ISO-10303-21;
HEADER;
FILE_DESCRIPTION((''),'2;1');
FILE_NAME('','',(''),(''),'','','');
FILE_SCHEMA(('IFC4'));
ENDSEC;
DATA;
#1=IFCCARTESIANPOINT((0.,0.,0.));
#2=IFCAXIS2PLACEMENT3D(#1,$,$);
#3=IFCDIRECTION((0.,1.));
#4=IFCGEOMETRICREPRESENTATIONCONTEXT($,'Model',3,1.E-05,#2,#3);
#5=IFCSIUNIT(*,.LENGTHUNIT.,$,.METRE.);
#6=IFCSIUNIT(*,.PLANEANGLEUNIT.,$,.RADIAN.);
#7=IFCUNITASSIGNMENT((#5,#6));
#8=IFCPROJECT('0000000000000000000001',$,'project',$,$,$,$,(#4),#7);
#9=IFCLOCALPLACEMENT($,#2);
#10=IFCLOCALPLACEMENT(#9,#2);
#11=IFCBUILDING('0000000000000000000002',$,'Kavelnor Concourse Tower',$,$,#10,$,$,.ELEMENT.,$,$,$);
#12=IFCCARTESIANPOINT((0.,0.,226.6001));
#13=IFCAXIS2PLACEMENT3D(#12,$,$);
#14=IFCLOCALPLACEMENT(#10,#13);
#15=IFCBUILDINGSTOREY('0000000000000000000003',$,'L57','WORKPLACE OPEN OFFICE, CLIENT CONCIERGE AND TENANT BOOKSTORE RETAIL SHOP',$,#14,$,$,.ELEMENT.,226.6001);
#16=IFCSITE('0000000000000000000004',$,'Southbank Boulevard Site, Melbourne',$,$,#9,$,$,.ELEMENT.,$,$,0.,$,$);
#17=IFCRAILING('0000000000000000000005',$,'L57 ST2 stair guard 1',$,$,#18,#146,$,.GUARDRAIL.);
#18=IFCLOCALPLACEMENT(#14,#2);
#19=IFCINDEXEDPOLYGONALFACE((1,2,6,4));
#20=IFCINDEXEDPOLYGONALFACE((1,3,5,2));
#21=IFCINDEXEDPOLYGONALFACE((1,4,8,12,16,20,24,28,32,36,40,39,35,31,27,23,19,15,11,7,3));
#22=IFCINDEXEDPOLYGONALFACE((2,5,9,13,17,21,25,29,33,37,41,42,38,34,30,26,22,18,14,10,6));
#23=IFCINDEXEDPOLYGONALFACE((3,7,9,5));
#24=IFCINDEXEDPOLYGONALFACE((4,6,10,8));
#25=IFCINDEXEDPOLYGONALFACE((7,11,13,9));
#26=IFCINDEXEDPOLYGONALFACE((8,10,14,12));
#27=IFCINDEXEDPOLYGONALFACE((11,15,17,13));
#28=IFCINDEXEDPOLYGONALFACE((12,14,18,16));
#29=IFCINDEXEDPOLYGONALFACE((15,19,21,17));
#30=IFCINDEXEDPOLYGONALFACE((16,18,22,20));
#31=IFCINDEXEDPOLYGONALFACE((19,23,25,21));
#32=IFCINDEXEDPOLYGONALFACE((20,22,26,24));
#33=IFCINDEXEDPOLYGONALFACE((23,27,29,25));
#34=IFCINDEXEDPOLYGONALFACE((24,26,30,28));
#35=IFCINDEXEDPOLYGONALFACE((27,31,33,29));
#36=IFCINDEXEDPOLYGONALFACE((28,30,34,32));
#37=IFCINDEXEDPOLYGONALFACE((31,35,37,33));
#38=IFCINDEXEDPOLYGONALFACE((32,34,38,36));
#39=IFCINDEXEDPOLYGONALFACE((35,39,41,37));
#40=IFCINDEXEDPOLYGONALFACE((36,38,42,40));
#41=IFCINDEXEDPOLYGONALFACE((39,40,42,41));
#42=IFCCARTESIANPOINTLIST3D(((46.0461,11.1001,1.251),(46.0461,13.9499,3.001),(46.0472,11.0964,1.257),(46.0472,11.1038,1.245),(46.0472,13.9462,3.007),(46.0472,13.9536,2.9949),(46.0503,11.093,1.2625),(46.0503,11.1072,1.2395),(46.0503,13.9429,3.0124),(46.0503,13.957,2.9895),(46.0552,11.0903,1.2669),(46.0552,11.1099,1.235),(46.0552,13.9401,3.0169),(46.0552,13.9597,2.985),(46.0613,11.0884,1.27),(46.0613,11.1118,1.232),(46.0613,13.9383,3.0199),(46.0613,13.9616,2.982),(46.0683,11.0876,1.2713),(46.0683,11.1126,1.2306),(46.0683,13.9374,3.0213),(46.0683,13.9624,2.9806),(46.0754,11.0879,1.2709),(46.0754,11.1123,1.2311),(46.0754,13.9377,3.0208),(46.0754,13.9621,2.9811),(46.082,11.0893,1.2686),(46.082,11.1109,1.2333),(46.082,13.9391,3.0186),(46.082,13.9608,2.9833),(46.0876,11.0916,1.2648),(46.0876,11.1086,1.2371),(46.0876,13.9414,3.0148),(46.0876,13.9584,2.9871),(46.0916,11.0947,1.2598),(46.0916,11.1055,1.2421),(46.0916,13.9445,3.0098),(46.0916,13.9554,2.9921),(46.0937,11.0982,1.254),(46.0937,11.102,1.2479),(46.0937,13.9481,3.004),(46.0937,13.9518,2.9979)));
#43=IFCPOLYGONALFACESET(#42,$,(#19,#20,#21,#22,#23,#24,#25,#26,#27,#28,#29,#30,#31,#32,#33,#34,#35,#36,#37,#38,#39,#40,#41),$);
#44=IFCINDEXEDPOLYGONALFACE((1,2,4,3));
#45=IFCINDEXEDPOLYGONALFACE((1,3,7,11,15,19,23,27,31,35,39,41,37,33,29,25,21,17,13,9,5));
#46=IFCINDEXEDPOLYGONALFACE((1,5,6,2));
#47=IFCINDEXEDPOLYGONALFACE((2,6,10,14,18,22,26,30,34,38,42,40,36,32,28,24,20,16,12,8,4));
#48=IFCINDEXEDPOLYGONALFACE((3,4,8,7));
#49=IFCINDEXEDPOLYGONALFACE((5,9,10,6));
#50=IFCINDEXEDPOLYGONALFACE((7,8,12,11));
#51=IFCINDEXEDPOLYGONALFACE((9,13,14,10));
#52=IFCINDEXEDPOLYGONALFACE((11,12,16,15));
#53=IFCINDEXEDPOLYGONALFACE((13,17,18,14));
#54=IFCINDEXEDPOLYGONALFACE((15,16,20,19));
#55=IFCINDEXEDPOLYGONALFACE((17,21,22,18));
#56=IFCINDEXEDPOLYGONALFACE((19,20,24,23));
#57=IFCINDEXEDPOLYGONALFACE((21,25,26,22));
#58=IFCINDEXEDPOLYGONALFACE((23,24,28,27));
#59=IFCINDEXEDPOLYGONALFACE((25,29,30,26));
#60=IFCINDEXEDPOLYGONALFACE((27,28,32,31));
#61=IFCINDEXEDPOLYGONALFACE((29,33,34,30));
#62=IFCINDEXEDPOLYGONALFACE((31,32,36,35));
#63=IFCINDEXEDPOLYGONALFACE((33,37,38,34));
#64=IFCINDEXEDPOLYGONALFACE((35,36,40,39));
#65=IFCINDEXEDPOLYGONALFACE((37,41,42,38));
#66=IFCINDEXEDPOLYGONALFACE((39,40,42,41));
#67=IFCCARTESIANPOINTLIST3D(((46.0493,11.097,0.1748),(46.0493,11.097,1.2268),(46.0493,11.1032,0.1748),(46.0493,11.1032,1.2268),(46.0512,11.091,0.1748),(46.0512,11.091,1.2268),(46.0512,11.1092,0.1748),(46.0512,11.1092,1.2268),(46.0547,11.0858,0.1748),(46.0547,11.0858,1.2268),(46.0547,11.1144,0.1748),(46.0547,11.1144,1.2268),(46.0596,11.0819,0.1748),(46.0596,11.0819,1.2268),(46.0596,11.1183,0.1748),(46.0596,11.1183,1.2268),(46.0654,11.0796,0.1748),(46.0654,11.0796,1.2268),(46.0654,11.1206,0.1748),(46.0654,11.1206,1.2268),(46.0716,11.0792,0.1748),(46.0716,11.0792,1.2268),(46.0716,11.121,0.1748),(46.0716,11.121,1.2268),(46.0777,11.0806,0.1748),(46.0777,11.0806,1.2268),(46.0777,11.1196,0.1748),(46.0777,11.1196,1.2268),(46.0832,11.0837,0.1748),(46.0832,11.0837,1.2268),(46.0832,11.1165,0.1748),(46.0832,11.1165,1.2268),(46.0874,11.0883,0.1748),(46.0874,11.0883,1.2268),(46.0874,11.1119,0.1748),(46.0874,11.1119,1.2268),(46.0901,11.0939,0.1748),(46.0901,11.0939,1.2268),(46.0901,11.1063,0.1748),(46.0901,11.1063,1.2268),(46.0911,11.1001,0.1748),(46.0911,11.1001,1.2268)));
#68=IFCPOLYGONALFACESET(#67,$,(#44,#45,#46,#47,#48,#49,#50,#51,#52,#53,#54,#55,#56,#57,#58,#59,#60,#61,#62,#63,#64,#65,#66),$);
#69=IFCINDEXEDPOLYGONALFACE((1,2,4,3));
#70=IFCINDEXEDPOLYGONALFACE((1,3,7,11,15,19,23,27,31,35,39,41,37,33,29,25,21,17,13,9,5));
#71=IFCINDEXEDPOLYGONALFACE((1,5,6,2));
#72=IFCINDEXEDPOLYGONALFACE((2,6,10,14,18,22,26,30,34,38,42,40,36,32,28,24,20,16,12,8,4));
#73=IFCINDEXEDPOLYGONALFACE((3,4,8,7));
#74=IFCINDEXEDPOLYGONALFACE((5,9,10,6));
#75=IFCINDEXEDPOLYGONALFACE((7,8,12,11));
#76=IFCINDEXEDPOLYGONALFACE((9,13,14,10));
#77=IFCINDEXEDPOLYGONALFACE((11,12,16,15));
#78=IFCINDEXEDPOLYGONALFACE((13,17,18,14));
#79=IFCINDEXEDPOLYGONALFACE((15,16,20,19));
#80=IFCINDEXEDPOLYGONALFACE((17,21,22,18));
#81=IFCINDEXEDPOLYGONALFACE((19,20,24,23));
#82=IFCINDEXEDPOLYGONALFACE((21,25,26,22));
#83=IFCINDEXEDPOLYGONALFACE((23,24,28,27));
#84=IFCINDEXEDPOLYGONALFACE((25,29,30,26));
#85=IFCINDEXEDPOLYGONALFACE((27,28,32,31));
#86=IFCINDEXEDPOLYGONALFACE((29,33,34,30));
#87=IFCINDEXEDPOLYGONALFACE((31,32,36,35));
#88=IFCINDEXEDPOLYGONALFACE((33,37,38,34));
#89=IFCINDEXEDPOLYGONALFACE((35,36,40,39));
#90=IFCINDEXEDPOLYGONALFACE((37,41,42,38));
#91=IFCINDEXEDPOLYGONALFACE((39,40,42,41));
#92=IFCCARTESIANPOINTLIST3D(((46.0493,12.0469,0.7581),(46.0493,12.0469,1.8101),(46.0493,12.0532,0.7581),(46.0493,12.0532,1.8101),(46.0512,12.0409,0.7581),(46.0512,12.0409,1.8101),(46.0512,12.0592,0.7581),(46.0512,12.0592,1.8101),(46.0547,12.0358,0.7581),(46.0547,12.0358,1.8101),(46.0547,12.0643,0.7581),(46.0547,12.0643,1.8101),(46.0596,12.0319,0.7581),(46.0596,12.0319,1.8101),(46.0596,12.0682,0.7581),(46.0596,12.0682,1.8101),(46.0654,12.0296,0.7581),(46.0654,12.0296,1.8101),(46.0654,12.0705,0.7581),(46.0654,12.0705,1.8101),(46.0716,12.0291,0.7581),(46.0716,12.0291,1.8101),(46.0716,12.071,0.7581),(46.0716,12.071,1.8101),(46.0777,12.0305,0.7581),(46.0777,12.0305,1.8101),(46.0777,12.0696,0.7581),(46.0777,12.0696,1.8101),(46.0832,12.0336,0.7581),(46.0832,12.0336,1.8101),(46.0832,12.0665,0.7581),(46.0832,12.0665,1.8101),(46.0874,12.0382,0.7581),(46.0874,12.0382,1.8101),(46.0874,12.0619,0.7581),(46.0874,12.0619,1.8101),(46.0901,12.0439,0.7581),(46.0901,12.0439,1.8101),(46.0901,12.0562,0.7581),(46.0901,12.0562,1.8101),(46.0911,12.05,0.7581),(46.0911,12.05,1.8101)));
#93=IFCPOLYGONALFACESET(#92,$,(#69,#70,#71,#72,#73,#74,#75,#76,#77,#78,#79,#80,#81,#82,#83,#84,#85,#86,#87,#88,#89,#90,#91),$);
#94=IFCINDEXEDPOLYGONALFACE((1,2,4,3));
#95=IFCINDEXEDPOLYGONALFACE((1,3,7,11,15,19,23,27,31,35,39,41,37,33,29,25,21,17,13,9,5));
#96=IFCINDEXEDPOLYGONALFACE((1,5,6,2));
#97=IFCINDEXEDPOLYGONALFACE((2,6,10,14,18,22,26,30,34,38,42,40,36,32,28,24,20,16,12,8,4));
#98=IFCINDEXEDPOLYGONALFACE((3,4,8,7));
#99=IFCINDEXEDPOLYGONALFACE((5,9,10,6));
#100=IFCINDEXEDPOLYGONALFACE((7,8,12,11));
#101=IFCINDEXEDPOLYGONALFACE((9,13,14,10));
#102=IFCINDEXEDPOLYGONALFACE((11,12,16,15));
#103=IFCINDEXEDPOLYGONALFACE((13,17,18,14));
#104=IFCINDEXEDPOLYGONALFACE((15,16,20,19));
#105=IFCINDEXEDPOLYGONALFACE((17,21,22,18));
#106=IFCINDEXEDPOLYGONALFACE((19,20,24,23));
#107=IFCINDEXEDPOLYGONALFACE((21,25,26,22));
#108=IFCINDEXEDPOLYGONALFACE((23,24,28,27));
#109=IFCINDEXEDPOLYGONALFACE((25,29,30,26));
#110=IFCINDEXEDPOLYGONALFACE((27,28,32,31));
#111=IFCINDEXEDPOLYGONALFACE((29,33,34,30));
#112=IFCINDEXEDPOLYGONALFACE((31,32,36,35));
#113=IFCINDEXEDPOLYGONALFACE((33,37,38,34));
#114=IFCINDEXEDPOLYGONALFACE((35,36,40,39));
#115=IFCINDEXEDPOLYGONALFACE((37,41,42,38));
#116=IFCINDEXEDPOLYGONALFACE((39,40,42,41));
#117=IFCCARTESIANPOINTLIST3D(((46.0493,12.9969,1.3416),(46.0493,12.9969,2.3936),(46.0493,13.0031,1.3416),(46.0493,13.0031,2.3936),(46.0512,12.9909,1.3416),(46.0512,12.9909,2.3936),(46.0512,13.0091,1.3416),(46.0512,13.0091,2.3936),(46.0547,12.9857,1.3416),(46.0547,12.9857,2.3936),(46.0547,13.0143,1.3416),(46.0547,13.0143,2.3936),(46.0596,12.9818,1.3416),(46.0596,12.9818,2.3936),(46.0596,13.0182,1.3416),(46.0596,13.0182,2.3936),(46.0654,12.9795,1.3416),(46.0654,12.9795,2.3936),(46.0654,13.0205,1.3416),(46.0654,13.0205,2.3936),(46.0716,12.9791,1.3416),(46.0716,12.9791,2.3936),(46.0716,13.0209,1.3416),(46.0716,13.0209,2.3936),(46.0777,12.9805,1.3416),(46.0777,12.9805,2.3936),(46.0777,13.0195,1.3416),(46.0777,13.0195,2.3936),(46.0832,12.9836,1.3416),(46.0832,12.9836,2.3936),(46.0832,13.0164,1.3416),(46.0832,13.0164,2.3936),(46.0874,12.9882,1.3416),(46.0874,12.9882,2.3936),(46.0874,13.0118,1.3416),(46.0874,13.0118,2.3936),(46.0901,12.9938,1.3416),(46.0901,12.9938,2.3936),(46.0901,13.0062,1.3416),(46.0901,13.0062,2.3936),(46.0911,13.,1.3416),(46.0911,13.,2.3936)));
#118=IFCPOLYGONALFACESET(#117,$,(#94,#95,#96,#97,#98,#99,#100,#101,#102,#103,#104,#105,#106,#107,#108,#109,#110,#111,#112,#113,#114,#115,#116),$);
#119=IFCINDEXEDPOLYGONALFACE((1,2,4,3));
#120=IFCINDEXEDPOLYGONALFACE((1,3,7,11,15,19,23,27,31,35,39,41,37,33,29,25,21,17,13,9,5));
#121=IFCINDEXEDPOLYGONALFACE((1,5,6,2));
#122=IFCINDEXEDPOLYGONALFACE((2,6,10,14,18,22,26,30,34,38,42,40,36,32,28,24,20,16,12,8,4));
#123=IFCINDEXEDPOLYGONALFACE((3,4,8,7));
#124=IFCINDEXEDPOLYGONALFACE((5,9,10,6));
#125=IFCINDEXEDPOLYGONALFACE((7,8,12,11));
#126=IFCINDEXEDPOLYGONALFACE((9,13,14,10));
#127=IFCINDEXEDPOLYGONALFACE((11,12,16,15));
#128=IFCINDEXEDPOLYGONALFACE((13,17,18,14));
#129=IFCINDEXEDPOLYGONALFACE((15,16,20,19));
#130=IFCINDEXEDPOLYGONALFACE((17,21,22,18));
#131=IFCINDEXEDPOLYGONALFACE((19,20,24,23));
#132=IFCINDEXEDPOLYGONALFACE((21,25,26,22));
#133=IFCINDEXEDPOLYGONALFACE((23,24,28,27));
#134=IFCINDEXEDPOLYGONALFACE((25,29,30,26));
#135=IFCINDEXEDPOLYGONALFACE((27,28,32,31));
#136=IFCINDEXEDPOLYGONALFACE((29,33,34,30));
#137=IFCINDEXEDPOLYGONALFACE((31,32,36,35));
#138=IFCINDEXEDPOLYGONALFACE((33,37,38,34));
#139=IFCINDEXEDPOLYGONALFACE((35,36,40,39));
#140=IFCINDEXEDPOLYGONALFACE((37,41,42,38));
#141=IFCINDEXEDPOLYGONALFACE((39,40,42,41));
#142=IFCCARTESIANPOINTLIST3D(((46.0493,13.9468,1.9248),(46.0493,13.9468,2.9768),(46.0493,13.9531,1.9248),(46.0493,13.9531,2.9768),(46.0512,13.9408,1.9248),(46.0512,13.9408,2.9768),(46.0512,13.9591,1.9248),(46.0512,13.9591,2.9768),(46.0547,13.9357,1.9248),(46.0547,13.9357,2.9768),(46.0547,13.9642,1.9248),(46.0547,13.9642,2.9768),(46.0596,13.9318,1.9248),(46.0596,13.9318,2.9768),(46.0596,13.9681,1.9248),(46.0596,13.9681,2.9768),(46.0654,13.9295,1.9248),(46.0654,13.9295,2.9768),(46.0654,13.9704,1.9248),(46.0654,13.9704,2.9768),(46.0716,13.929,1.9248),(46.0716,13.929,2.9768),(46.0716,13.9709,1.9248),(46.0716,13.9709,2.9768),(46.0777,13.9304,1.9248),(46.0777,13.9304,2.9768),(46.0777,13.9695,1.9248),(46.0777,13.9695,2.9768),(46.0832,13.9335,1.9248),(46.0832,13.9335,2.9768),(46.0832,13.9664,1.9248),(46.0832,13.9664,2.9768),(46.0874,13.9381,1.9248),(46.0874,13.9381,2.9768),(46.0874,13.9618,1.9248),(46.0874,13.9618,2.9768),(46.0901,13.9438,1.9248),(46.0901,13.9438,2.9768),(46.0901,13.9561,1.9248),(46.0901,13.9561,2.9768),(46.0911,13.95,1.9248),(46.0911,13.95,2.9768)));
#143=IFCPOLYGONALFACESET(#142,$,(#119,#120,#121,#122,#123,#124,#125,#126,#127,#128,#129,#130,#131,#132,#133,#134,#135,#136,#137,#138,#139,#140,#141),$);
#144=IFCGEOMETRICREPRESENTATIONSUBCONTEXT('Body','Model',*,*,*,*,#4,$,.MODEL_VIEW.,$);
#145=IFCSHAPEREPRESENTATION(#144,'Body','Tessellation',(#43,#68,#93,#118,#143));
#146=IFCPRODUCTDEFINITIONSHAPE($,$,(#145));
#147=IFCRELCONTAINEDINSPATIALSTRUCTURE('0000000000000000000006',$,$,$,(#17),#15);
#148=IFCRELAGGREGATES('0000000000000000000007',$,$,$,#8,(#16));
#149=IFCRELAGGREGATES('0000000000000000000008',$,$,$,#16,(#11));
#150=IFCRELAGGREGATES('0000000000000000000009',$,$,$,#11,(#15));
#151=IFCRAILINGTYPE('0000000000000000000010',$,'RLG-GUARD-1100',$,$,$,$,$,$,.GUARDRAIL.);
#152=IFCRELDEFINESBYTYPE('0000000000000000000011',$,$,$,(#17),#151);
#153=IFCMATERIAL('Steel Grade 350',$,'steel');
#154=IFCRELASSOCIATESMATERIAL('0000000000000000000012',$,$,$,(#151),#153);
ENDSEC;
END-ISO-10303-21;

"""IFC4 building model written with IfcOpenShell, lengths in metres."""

from ifc_helpers import new_model, si_unit, direction, frame, origin, origin_2d, place, context, subcontext, project, spatial, circle, extrude, material, type_object, element, save


model = new_model("IFC4")

# Units and contexts
model_context = context("Model", 3, precision=1e-05, world=origin(), true_north=direction((0.0, 1.0)))
body_context = subcontext(model_context, "Body", "Model", "MODEL_VIEW")
ifc_project = project(units=[si_unit("LENGTHUNIT", "METRE"), si_unit("PLANEANGLEUNIT", "RADIAN")], contexts=[model_context])

# Site, building, storey
site_placement = place(None, origin())
site = spatial("IfcSite", under=ifc_project, at=site_placement, Name="Southbank Boulevard Site, Melbourne", CompositionType="ELEMENT", RefElevation=0.0)
building_placement = place(site_placement, origin())
building = spatial("IfcBuilding", under=site, at=building_placement, Name="Kavelnor Concourse Tower", CompositionType="ELEMENT")
storey_placement = place(building_placement, frame((0.0, 0.0, 226.6001)))
storey = spatial("IfcBuildingStorey", under=building, at=storey_placement, Name="L57", Description="WORKPLACE OPEN OFFICE, CLIENT CONCIERGE AND TENANT BOOKSTORE RETAIL SHOP", CompositionType="ELEMENT", Elevation=226.6001)

# Shared definitions
ifc_material_1 = material(Name="Steel Grade 350", Category="steel")

# Railing
railing_type_1 = type_object("IfcRailingType", Name="RLG-GUARD-1100", PredefinedType="GUARDRAIL", material=ifc_material_1)
railing_1_placement = place(storey_placement, frame((46.0701, 11.1001, 0.1748)))
element("IfcRailing", 1, at=railing_1_placement, inside=storey, type_object=railing_type_1, Name="L57 ST2 stair guard 1", PredefinedType="GUARDRAIL", context=body_context, shape_type="SweptSolid", body=[
    extrude(circle(Radius=0.0239, at=origin_2d()), frame((0.0, 0.0, 1.0762), z_axis=(0.0, 0.852159, 0.523283), x_axis=(-1.0, 0.0, 0.0)), (0.0, 0.0, 1.0), 3.3442),
    extrude(circle(Radius=0.021, at=origin_2d()), origin(), (0.0, 0.0, 1.0), 1.052),
    extrude(circle(Radius=0.021, at=origin_2d()), frame((0.0, 0.95, 0.5833)), (0.0, 0.0, 1.0), 1.052),
    extrude(circle(Radius=0.021, at=origin_2d()), frame((0.0, 1.8999, 1.1667)), (0.0, 0.0, 1.0), 1.052),
    extrude(circle(Radius=0.021, at=origin_2d()), frame((0.0, 2.8499, 1.75)), (0.0, 0.0, 1.0), 1.052),
])

save(model, "model.ifc")
